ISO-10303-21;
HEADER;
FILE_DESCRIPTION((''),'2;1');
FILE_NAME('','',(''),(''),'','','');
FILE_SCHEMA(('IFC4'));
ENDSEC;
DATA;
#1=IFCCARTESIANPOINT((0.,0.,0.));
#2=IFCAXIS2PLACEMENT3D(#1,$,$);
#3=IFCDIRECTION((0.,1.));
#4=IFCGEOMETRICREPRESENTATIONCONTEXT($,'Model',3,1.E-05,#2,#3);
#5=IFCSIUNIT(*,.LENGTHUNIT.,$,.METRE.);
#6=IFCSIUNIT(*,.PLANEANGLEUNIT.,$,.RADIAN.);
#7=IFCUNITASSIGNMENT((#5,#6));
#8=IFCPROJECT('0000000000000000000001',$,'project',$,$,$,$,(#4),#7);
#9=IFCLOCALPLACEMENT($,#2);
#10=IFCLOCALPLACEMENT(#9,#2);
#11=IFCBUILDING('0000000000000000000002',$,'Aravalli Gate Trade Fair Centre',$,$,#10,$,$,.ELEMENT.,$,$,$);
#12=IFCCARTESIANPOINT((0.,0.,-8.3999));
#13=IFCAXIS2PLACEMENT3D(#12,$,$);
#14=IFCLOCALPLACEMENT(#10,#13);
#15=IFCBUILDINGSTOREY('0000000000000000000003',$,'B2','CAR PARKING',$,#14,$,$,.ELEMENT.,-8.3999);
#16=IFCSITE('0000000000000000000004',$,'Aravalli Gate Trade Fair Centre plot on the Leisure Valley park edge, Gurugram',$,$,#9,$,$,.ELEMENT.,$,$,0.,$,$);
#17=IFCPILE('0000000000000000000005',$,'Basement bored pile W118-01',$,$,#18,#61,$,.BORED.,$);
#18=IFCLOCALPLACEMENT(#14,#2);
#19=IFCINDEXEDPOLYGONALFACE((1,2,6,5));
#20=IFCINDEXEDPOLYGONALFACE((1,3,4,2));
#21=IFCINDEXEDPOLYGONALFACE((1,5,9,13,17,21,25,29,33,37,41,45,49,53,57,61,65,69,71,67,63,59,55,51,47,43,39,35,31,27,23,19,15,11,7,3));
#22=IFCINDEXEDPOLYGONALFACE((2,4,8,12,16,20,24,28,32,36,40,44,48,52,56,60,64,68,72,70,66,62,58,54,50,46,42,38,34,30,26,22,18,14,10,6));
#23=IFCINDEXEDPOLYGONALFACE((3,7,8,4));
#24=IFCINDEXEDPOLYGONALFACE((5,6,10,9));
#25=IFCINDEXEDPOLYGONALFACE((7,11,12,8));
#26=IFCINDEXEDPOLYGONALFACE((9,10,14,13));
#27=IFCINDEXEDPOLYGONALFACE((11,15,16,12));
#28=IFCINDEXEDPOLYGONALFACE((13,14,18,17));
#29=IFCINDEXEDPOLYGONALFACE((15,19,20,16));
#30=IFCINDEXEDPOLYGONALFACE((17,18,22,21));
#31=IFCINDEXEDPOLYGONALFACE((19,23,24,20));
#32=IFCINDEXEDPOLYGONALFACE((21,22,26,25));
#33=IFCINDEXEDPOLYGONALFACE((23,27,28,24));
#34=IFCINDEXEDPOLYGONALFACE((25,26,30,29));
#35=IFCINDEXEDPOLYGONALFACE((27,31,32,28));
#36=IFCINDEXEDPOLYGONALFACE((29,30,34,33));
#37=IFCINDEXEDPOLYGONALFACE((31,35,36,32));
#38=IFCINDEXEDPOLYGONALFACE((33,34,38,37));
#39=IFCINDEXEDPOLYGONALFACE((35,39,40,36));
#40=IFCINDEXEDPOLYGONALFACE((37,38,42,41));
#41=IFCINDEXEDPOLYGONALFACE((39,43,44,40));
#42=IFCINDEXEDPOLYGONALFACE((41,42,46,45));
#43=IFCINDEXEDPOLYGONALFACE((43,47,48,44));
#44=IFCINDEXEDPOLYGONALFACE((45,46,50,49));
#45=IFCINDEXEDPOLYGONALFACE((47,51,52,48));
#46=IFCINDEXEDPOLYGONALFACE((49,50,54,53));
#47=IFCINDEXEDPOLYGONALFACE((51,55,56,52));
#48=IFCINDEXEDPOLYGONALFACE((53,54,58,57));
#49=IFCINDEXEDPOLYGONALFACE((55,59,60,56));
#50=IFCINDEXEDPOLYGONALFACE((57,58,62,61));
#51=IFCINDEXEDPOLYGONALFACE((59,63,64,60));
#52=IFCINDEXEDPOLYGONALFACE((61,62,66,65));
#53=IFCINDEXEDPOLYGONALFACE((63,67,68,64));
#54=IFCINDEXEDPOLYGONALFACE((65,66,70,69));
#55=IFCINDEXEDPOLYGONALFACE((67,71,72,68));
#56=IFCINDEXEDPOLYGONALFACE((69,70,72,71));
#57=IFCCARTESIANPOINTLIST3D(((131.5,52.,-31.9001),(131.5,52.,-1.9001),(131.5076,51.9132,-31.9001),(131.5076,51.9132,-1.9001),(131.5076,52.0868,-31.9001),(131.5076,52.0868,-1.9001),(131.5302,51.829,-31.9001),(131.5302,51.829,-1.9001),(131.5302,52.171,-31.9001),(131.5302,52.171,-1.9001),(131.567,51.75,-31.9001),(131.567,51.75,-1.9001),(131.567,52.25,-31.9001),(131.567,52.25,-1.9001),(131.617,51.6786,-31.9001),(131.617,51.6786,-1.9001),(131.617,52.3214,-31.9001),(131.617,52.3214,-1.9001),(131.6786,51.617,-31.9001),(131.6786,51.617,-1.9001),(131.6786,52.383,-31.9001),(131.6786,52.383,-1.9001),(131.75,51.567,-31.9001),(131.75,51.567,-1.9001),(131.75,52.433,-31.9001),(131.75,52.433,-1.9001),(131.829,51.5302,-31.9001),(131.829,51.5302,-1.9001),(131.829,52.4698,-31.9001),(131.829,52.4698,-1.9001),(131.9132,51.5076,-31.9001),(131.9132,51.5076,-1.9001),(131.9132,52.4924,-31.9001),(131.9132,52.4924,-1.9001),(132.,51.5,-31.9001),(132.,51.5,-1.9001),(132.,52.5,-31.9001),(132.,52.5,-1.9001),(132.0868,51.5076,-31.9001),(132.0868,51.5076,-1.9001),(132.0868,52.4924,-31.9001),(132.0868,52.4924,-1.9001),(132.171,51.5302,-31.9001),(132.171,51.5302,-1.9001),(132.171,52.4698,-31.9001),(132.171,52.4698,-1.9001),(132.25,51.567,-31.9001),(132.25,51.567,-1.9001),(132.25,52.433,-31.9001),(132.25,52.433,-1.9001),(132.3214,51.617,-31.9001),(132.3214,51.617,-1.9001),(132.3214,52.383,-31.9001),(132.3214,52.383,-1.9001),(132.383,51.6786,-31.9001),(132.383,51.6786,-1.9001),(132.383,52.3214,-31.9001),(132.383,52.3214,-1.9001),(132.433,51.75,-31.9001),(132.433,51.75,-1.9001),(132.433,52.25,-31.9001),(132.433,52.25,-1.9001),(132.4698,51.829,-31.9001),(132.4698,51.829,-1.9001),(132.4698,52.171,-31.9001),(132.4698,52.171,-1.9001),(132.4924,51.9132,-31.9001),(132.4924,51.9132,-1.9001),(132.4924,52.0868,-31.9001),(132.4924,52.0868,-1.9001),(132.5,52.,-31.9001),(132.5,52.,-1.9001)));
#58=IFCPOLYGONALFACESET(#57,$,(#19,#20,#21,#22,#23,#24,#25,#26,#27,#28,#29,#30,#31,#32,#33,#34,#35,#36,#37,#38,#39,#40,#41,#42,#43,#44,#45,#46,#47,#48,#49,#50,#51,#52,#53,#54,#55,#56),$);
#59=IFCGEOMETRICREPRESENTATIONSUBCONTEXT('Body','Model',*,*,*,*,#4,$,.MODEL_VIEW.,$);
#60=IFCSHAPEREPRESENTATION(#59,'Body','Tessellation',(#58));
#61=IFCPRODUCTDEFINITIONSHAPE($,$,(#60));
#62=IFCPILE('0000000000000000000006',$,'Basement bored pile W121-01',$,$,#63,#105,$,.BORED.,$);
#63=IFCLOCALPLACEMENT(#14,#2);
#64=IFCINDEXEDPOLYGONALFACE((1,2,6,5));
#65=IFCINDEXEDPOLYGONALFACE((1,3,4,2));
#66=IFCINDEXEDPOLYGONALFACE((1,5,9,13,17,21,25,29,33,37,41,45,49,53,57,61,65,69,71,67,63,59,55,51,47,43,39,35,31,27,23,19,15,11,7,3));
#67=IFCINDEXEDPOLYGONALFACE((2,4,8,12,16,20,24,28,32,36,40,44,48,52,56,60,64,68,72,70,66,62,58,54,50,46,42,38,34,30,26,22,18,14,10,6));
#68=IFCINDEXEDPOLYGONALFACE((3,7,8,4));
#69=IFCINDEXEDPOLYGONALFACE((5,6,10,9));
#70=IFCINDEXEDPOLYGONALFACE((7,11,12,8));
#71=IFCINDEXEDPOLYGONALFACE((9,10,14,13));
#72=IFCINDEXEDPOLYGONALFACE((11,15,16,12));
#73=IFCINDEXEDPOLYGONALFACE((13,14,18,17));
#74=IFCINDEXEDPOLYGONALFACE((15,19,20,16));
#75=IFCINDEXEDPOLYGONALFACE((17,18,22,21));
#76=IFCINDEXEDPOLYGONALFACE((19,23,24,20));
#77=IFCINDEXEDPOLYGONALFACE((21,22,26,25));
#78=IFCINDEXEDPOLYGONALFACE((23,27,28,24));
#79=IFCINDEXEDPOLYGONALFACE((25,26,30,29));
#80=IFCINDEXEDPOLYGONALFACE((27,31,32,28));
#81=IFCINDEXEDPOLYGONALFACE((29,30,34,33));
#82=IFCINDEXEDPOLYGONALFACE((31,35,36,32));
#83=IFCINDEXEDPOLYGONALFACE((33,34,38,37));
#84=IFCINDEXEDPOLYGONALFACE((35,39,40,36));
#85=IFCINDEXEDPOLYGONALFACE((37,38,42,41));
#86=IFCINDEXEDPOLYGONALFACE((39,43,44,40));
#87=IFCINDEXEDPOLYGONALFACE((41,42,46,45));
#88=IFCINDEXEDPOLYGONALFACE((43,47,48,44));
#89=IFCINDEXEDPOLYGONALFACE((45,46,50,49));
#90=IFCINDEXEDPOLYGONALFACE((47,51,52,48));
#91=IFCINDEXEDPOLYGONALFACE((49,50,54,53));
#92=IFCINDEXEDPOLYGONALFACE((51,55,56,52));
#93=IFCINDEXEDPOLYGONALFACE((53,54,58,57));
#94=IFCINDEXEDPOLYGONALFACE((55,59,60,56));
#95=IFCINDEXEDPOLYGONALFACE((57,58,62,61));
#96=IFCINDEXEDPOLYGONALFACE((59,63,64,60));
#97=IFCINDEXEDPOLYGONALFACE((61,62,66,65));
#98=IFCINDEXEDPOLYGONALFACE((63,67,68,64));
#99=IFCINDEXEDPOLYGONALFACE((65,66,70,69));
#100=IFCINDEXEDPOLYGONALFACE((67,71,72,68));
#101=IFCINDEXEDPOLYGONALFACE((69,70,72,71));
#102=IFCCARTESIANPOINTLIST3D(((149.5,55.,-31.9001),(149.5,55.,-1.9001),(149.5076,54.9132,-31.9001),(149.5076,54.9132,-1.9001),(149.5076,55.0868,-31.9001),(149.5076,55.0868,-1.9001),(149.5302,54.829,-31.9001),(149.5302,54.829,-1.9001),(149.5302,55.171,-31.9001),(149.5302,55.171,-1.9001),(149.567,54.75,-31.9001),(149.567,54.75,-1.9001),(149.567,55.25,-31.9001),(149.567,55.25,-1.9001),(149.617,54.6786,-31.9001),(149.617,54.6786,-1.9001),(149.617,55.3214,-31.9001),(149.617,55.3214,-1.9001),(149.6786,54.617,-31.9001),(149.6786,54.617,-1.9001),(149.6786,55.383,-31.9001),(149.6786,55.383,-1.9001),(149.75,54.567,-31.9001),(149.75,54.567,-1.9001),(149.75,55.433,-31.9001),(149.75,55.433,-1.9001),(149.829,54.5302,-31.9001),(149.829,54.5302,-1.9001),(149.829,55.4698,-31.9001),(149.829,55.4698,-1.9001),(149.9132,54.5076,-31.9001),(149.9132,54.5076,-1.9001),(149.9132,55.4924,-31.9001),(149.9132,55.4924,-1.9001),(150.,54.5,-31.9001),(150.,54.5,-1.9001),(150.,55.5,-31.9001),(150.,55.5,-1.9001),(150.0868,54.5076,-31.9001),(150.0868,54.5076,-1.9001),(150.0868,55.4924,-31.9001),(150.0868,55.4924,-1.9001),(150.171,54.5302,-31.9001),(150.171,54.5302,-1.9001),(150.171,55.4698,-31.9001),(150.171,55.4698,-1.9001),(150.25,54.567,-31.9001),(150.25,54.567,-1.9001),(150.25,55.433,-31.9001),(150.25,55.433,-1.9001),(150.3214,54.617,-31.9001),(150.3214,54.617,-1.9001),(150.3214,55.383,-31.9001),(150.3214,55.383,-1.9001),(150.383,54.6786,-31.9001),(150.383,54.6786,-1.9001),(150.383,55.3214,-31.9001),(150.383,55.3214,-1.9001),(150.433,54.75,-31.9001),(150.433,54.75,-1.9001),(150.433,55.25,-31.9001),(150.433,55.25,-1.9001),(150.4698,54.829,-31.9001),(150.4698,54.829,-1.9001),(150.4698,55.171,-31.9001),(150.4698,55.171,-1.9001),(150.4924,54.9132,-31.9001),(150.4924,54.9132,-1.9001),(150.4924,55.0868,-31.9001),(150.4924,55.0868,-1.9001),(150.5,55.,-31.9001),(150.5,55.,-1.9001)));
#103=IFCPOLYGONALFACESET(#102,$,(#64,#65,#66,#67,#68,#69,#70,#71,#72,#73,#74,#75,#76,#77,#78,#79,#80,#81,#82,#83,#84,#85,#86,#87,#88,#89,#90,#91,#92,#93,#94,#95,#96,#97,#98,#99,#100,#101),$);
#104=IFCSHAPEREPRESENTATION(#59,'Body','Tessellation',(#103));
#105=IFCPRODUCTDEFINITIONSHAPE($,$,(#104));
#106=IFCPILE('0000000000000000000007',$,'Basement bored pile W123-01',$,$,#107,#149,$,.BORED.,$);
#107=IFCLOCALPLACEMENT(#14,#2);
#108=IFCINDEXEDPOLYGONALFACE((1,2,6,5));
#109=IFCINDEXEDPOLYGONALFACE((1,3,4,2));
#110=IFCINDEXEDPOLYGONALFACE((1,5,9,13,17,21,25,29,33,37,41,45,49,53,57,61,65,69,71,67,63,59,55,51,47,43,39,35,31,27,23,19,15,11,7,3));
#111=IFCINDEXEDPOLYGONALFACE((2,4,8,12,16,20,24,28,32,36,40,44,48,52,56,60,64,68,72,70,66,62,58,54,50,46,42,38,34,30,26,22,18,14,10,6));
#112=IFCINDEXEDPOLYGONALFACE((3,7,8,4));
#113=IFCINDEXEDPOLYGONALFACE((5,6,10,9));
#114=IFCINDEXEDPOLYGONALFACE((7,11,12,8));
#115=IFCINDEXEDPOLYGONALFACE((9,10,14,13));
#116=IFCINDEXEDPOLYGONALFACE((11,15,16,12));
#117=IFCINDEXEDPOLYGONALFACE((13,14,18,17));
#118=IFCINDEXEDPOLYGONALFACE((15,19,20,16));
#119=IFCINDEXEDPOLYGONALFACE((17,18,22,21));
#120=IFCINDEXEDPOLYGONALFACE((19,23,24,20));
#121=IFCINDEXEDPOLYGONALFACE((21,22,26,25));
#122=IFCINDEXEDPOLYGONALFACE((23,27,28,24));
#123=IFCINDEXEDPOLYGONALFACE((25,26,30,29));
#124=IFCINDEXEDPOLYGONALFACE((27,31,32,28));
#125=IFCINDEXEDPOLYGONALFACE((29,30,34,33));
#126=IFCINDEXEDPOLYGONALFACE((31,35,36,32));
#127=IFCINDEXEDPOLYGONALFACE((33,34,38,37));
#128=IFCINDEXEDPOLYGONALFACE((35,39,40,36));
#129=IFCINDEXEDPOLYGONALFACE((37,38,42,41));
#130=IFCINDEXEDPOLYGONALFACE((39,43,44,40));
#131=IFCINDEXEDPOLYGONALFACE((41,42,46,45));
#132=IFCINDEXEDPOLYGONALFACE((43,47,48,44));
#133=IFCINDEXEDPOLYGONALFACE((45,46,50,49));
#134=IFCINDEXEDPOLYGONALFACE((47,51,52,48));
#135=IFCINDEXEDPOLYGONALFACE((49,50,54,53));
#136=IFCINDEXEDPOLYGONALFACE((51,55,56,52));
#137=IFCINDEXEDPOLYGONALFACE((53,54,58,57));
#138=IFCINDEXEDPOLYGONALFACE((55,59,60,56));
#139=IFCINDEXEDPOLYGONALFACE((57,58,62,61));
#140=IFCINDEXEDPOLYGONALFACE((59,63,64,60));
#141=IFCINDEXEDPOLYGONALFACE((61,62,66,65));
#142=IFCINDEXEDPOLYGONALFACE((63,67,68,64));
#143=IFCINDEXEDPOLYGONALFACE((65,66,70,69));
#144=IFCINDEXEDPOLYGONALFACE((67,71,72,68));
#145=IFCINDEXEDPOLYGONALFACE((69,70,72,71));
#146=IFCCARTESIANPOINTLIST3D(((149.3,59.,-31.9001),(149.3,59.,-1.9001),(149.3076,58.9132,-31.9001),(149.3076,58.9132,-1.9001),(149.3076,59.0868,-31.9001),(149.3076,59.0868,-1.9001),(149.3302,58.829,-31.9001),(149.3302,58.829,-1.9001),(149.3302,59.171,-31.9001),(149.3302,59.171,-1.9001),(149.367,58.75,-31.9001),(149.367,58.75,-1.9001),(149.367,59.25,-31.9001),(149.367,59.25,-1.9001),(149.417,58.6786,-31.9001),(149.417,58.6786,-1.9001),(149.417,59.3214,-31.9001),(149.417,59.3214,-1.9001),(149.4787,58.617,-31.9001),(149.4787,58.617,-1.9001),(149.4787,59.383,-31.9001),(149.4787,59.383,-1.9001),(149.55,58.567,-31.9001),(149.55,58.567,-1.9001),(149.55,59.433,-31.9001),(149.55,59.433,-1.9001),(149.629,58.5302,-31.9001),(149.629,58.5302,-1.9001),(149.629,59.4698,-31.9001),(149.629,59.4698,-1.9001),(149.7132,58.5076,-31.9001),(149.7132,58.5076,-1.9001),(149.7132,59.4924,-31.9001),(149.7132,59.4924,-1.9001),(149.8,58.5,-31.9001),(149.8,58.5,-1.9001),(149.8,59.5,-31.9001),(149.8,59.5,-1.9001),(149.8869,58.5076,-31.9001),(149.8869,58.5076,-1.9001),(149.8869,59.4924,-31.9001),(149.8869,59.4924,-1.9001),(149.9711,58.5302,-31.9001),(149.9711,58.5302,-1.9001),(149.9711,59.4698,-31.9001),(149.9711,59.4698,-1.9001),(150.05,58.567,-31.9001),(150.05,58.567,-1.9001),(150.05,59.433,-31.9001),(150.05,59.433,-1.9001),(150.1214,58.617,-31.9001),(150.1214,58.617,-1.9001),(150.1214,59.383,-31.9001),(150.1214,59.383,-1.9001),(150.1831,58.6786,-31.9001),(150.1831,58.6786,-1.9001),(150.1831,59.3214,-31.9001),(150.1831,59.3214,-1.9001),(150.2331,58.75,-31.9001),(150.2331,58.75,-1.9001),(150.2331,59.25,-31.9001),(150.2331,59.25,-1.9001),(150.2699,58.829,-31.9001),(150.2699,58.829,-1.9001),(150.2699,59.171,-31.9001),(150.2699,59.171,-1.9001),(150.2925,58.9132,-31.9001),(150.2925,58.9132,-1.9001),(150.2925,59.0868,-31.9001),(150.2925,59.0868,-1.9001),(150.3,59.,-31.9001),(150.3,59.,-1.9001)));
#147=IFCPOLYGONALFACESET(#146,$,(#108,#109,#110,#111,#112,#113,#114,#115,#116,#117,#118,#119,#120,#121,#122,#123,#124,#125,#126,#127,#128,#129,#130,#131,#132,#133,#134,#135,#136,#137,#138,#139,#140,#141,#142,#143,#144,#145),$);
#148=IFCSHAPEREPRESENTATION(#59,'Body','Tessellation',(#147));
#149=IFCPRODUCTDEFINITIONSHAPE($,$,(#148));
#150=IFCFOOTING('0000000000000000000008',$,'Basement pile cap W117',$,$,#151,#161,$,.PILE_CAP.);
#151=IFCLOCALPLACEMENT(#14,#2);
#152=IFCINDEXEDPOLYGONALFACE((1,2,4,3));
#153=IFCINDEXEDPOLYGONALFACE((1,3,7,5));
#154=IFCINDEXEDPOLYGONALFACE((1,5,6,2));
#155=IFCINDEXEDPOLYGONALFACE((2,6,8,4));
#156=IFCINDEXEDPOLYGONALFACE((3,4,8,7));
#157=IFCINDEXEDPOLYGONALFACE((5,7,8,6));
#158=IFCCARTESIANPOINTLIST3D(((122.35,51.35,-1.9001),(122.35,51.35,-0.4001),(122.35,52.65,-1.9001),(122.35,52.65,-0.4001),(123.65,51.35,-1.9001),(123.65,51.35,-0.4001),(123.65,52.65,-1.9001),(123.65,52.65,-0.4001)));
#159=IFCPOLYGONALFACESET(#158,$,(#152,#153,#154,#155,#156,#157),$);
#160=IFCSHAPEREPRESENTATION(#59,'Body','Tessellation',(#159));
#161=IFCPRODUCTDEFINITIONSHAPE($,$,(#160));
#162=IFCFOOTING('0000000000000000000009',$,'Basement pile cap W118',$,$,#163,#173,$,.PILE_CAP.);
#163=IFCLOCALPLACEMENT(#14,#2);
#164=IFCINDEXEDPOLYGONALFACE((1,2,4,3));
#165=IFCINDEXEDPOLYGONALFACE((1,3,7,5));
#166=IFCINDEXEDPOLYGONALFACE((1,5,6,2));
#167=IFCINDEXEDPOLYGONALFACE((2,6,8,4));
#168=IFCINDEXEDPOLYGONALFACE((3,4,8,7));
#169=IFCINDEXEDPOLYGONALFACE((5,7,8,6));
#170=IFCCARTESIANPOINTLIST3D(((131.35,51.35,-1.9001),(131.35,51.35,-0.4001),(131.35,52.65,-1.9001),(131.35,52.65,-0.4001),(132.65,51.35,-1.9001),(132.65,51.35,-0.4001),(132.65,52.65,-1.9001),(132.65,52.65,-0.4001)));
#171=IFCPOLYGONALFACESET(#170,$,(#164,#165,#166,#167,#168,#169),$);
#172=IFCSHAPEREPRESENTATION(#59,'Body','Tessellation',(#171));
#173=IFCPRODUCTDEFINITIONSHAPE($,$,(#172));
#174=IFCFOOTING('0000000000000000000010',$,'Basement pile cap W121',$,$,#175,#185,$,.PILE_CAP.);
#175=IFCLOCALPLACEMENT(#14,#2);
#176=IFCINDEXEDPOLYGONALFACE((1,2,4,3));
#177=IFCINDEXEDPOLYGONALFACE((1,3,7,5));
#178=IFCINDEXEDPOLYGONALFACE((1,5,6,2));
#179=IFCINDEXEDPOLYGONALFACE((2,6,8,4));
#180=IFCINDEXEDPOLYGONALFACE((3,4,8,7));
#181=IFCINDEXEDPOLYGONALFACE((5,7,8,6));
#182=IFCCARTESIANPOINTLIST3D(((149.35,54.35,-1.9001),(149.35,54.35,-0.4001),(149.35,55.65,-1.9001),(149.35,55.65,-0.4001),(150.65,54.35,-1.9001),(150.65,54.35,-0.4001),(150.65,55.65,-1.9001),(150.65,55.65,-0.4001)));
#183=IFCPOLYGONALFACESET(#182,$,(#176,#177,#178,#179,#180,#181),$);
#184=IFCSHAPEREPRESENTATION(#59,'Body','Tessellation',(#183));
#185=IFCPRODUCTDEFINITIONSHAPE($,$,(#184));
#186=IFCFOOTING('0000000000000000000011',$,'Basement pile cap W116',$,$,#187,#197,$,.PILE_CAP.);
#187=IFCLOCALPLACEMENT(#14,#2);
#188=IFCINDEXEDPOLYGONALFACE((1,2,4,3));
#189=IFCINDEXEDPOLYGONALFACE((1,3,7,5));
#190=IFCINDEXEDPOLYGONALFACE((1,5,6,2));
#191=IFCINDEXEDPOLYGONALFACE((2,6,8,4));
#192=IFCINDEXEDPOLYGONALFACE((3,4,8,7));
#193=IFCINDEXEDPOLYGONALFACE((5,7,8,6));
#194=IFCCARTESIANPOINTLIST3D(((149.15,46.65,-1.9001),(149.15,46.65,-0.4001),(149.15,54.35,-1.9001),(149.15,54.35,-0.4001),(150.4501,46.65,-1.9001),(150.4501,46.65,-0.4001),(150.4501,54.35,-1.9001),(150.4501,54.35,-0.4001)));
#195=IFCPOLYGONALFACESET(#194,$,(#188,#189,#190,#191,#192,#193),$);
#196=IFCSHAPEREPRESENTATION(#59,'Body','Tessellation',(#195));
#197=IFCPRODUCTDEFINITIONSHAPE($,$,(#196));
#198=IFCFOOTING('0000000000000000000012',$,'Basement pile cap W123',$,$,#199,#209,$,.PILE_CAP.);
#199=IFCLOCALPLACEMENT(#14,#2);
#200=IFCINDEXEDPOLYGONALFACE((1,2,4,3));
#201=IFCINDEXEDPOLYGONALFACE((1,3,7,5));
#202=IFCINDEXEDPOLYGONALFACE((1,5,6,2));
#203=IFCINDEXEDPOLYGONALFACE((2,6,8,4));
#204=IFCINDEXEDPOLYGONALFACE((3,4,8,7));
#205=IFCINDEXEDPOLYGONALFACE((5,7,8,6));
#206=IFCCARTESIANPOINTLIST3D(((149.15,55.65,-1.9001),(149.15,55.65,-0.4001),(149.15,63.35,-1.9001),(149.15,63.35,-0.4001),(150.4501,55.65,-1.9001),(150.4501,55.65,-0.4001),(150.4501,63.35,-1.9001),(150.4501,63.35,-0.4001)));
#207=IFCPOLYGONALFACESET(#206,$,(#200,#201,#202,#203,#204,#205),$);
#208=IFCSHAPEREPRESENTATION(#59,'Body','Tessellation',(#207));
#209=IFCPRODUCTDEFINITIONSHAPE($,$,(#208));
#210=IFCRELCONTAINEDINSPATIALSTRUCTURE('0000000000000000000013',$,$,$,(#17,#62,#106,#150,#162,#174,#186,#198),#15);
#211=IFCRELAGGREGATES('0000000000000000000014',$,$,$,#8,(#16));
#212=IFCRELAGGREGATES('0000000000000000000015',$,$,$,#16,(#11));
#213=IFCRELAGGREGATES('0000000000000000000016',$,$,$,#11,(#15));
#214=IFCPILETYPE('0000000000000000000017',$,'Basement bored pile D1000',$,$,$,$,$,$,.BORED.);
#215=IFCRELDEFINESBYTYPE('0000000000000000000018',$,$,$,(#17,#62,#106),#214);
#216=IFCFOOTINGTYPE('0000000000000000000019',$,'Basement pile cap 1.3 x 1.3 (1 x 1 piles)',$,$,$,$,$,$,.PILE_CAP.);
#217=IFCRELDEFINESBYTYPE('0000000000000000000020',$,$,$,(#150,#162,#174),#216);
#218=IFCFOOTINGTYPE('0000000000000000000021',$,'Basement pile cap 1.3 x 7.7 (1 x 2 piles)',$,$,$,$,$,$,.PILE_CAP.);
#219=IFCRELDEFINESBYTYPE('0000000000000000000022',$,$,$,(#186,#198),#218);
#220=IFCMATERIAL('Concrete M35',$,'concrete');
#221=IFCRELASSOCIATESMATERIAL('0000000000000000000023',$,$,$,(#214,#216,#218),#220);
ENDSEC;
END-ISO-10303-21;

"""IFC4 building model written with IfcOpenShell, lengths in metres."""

from ifc_helpers import new_model, si_unit, direction, frame, origin, origin_2d, place, context, subcontext, project, spatial, rectangle, circle, extrude, material, material_profile, profile_set, type_object, element, save


model = new_model("IFC4")

# Units and contexts
model_context = context("Model", 3, precision=1e-05, world=origin(), true_north=direction((0.0, 1.0)))
body_context = subcontext(model_context, "Body", "Model", "MODEL_VIEW")
ifc_project = project(units=[si_unit("LENGTHUNIT", "METRE"), si_unit("PLANEANGLEUNIT", "RADIAN")], contexts=[model_context])

# Site, building, storey
site_placement = place(None, origin())
site = spatial("IfcSite", under=ifc_project, at=site_placement, Name="Aravalli Gate Trade Fair Centre plot on the Leisure Valley park edge, Gurugram", CompositionType="ELEMENT", RefElevation=0.0)
building_placement = place(site_placement, origin())
building = spatial("IfcBuilding", under=site, at=building_placement, Name="Aravalli Gate Trade Fair Centre", CompositionType="ELEMENT")
storey_placement = place(building_placement, frame((0.0, 0.0, -8.3999)))
storey = spatial("IfcBuildingStorey", under=building, at=storey_placement, Name="B2", Description="CAR PARKING", CompositionType="ELEMENT", Elevation=-8.3999)

# Piles
ifc_material_1 = material(Name="Concrete M35", Category="concrete")
ifc_material_profile_1 = material_profile(ifc_material_1, circle(Radius=0.5, at=origin_2d()), Name="D1000")
ifc_profile_set_1 = profile_set([ifc_material_profile_1], Name="Concrete M35")
pile_type = type_object("IfcPileType", Name="Basement bored pile D1000", PredefinedType="BORED", material=ifc_profile_set_1)
for number, where, z_axis, x_axis, name in (
    (1, (132.0, 52.0, -1.9001), (0.0, 0.0, -1.0), (1.0, 0.0, 0.0), "Basement bored pile W118-01"),
    (2, (150.0, 55.0, -1.9001), (0.0, 0.0, -1.0), (1.0, 0.0, 0.0), "Basement bored pile W121-01"),
    (3, (149.8, 59.0, -1.9001), (0.0, 0.0, -1.0), (1.0, 0.0, 0.0), "Basement bored pile W123-01"),
):
    element("IfcPile", number, at=place(storey_placement, frame(where, z_axis=z_axis, x_axis=x_axis)), inside=storey, type_object=pile_type, Name=name, PredefinedType="BORED", context=body_context, shape_type="SweptSolid", body=[
        extrude(circle(Radius=0.5, at=origin_2d()), origin(), (0.0, 0.0, 1.0), 30.0),
    ])

# Footings
footing_type_1 = type_object("IfcFootingType", Name="Basement pile cap 1.3 x 1.3 (1 x 1 piles)", PredefinedType="PILE_CAP", material=ifc_material_1)
for number, where, z_axis, x_axis, name in (
    (4, (123.0, 52.0, -1.9001), (0.0, 0.0, 1.0), (1.0, 0.0, 0.0), "Basement pile cap W117"),
    (5, (132.0, 52.0, -1.9001), (0.0, 0.0, 1.0), (1.0, 0.0, 0.0), "Basement pile cap W118"),
    (6, (150.0, 55.0, -1.9001), (0.0, 0.0, 1.0), (1.0, 0.0, 0.0), "Basement pile cap W121"),
):
    element("IfcFooting", number, at=place(storey_placement, frame(where, z_axis=z_axis, x_axis=x_axis)), inside=storey, type_object=footing_type_1, Name=name, PredefinedType="PILE_CAP", context=body_context, shape_type="SweptSolid", body=[
        extrude(rectangle(XDim=1.3, YDim=1.3, at=origin_2d()), origin(), (0.0, 0.0, 1.0), 1.5),
    ])
footing_type_2 = type_object("IfcFootingType", Name="Basement pile cap 1.3 x 7.7 (1 x 2 piles)", PredefinedType="PILE_CAP", material=ifc_material_1)
for number, where, z_axis, x_axis, name in (
    (7, (149.8, 50.5, -1.9001), (0.0, 0.0, 1.0), (1.0, 0.0, 0.0), "Basement pile cap W116"),
    (8, (149.8, 59.5, -1.9001), (0.0, 0.0, 1.0), (1.0, 0.0, 0.0), "Basement pile cap W123"),
):
    element("IfcFooting", number, at=place(storey_placement, frame(where, z_axis=z_axis, x_axis=x_axis)), inside=storey, type_object=footing_type_2, Name=name, PredefinedType="PILE_CAP", context=body_context, shape_type="SweptSolid", body=[
        extrude(rectangle(XDim=1.3, YDim=7.7, at=origin_2d()), origin(), (0.0, 0.0, 1.0), 1.5),
    ])

save(model, "model.ifc")
